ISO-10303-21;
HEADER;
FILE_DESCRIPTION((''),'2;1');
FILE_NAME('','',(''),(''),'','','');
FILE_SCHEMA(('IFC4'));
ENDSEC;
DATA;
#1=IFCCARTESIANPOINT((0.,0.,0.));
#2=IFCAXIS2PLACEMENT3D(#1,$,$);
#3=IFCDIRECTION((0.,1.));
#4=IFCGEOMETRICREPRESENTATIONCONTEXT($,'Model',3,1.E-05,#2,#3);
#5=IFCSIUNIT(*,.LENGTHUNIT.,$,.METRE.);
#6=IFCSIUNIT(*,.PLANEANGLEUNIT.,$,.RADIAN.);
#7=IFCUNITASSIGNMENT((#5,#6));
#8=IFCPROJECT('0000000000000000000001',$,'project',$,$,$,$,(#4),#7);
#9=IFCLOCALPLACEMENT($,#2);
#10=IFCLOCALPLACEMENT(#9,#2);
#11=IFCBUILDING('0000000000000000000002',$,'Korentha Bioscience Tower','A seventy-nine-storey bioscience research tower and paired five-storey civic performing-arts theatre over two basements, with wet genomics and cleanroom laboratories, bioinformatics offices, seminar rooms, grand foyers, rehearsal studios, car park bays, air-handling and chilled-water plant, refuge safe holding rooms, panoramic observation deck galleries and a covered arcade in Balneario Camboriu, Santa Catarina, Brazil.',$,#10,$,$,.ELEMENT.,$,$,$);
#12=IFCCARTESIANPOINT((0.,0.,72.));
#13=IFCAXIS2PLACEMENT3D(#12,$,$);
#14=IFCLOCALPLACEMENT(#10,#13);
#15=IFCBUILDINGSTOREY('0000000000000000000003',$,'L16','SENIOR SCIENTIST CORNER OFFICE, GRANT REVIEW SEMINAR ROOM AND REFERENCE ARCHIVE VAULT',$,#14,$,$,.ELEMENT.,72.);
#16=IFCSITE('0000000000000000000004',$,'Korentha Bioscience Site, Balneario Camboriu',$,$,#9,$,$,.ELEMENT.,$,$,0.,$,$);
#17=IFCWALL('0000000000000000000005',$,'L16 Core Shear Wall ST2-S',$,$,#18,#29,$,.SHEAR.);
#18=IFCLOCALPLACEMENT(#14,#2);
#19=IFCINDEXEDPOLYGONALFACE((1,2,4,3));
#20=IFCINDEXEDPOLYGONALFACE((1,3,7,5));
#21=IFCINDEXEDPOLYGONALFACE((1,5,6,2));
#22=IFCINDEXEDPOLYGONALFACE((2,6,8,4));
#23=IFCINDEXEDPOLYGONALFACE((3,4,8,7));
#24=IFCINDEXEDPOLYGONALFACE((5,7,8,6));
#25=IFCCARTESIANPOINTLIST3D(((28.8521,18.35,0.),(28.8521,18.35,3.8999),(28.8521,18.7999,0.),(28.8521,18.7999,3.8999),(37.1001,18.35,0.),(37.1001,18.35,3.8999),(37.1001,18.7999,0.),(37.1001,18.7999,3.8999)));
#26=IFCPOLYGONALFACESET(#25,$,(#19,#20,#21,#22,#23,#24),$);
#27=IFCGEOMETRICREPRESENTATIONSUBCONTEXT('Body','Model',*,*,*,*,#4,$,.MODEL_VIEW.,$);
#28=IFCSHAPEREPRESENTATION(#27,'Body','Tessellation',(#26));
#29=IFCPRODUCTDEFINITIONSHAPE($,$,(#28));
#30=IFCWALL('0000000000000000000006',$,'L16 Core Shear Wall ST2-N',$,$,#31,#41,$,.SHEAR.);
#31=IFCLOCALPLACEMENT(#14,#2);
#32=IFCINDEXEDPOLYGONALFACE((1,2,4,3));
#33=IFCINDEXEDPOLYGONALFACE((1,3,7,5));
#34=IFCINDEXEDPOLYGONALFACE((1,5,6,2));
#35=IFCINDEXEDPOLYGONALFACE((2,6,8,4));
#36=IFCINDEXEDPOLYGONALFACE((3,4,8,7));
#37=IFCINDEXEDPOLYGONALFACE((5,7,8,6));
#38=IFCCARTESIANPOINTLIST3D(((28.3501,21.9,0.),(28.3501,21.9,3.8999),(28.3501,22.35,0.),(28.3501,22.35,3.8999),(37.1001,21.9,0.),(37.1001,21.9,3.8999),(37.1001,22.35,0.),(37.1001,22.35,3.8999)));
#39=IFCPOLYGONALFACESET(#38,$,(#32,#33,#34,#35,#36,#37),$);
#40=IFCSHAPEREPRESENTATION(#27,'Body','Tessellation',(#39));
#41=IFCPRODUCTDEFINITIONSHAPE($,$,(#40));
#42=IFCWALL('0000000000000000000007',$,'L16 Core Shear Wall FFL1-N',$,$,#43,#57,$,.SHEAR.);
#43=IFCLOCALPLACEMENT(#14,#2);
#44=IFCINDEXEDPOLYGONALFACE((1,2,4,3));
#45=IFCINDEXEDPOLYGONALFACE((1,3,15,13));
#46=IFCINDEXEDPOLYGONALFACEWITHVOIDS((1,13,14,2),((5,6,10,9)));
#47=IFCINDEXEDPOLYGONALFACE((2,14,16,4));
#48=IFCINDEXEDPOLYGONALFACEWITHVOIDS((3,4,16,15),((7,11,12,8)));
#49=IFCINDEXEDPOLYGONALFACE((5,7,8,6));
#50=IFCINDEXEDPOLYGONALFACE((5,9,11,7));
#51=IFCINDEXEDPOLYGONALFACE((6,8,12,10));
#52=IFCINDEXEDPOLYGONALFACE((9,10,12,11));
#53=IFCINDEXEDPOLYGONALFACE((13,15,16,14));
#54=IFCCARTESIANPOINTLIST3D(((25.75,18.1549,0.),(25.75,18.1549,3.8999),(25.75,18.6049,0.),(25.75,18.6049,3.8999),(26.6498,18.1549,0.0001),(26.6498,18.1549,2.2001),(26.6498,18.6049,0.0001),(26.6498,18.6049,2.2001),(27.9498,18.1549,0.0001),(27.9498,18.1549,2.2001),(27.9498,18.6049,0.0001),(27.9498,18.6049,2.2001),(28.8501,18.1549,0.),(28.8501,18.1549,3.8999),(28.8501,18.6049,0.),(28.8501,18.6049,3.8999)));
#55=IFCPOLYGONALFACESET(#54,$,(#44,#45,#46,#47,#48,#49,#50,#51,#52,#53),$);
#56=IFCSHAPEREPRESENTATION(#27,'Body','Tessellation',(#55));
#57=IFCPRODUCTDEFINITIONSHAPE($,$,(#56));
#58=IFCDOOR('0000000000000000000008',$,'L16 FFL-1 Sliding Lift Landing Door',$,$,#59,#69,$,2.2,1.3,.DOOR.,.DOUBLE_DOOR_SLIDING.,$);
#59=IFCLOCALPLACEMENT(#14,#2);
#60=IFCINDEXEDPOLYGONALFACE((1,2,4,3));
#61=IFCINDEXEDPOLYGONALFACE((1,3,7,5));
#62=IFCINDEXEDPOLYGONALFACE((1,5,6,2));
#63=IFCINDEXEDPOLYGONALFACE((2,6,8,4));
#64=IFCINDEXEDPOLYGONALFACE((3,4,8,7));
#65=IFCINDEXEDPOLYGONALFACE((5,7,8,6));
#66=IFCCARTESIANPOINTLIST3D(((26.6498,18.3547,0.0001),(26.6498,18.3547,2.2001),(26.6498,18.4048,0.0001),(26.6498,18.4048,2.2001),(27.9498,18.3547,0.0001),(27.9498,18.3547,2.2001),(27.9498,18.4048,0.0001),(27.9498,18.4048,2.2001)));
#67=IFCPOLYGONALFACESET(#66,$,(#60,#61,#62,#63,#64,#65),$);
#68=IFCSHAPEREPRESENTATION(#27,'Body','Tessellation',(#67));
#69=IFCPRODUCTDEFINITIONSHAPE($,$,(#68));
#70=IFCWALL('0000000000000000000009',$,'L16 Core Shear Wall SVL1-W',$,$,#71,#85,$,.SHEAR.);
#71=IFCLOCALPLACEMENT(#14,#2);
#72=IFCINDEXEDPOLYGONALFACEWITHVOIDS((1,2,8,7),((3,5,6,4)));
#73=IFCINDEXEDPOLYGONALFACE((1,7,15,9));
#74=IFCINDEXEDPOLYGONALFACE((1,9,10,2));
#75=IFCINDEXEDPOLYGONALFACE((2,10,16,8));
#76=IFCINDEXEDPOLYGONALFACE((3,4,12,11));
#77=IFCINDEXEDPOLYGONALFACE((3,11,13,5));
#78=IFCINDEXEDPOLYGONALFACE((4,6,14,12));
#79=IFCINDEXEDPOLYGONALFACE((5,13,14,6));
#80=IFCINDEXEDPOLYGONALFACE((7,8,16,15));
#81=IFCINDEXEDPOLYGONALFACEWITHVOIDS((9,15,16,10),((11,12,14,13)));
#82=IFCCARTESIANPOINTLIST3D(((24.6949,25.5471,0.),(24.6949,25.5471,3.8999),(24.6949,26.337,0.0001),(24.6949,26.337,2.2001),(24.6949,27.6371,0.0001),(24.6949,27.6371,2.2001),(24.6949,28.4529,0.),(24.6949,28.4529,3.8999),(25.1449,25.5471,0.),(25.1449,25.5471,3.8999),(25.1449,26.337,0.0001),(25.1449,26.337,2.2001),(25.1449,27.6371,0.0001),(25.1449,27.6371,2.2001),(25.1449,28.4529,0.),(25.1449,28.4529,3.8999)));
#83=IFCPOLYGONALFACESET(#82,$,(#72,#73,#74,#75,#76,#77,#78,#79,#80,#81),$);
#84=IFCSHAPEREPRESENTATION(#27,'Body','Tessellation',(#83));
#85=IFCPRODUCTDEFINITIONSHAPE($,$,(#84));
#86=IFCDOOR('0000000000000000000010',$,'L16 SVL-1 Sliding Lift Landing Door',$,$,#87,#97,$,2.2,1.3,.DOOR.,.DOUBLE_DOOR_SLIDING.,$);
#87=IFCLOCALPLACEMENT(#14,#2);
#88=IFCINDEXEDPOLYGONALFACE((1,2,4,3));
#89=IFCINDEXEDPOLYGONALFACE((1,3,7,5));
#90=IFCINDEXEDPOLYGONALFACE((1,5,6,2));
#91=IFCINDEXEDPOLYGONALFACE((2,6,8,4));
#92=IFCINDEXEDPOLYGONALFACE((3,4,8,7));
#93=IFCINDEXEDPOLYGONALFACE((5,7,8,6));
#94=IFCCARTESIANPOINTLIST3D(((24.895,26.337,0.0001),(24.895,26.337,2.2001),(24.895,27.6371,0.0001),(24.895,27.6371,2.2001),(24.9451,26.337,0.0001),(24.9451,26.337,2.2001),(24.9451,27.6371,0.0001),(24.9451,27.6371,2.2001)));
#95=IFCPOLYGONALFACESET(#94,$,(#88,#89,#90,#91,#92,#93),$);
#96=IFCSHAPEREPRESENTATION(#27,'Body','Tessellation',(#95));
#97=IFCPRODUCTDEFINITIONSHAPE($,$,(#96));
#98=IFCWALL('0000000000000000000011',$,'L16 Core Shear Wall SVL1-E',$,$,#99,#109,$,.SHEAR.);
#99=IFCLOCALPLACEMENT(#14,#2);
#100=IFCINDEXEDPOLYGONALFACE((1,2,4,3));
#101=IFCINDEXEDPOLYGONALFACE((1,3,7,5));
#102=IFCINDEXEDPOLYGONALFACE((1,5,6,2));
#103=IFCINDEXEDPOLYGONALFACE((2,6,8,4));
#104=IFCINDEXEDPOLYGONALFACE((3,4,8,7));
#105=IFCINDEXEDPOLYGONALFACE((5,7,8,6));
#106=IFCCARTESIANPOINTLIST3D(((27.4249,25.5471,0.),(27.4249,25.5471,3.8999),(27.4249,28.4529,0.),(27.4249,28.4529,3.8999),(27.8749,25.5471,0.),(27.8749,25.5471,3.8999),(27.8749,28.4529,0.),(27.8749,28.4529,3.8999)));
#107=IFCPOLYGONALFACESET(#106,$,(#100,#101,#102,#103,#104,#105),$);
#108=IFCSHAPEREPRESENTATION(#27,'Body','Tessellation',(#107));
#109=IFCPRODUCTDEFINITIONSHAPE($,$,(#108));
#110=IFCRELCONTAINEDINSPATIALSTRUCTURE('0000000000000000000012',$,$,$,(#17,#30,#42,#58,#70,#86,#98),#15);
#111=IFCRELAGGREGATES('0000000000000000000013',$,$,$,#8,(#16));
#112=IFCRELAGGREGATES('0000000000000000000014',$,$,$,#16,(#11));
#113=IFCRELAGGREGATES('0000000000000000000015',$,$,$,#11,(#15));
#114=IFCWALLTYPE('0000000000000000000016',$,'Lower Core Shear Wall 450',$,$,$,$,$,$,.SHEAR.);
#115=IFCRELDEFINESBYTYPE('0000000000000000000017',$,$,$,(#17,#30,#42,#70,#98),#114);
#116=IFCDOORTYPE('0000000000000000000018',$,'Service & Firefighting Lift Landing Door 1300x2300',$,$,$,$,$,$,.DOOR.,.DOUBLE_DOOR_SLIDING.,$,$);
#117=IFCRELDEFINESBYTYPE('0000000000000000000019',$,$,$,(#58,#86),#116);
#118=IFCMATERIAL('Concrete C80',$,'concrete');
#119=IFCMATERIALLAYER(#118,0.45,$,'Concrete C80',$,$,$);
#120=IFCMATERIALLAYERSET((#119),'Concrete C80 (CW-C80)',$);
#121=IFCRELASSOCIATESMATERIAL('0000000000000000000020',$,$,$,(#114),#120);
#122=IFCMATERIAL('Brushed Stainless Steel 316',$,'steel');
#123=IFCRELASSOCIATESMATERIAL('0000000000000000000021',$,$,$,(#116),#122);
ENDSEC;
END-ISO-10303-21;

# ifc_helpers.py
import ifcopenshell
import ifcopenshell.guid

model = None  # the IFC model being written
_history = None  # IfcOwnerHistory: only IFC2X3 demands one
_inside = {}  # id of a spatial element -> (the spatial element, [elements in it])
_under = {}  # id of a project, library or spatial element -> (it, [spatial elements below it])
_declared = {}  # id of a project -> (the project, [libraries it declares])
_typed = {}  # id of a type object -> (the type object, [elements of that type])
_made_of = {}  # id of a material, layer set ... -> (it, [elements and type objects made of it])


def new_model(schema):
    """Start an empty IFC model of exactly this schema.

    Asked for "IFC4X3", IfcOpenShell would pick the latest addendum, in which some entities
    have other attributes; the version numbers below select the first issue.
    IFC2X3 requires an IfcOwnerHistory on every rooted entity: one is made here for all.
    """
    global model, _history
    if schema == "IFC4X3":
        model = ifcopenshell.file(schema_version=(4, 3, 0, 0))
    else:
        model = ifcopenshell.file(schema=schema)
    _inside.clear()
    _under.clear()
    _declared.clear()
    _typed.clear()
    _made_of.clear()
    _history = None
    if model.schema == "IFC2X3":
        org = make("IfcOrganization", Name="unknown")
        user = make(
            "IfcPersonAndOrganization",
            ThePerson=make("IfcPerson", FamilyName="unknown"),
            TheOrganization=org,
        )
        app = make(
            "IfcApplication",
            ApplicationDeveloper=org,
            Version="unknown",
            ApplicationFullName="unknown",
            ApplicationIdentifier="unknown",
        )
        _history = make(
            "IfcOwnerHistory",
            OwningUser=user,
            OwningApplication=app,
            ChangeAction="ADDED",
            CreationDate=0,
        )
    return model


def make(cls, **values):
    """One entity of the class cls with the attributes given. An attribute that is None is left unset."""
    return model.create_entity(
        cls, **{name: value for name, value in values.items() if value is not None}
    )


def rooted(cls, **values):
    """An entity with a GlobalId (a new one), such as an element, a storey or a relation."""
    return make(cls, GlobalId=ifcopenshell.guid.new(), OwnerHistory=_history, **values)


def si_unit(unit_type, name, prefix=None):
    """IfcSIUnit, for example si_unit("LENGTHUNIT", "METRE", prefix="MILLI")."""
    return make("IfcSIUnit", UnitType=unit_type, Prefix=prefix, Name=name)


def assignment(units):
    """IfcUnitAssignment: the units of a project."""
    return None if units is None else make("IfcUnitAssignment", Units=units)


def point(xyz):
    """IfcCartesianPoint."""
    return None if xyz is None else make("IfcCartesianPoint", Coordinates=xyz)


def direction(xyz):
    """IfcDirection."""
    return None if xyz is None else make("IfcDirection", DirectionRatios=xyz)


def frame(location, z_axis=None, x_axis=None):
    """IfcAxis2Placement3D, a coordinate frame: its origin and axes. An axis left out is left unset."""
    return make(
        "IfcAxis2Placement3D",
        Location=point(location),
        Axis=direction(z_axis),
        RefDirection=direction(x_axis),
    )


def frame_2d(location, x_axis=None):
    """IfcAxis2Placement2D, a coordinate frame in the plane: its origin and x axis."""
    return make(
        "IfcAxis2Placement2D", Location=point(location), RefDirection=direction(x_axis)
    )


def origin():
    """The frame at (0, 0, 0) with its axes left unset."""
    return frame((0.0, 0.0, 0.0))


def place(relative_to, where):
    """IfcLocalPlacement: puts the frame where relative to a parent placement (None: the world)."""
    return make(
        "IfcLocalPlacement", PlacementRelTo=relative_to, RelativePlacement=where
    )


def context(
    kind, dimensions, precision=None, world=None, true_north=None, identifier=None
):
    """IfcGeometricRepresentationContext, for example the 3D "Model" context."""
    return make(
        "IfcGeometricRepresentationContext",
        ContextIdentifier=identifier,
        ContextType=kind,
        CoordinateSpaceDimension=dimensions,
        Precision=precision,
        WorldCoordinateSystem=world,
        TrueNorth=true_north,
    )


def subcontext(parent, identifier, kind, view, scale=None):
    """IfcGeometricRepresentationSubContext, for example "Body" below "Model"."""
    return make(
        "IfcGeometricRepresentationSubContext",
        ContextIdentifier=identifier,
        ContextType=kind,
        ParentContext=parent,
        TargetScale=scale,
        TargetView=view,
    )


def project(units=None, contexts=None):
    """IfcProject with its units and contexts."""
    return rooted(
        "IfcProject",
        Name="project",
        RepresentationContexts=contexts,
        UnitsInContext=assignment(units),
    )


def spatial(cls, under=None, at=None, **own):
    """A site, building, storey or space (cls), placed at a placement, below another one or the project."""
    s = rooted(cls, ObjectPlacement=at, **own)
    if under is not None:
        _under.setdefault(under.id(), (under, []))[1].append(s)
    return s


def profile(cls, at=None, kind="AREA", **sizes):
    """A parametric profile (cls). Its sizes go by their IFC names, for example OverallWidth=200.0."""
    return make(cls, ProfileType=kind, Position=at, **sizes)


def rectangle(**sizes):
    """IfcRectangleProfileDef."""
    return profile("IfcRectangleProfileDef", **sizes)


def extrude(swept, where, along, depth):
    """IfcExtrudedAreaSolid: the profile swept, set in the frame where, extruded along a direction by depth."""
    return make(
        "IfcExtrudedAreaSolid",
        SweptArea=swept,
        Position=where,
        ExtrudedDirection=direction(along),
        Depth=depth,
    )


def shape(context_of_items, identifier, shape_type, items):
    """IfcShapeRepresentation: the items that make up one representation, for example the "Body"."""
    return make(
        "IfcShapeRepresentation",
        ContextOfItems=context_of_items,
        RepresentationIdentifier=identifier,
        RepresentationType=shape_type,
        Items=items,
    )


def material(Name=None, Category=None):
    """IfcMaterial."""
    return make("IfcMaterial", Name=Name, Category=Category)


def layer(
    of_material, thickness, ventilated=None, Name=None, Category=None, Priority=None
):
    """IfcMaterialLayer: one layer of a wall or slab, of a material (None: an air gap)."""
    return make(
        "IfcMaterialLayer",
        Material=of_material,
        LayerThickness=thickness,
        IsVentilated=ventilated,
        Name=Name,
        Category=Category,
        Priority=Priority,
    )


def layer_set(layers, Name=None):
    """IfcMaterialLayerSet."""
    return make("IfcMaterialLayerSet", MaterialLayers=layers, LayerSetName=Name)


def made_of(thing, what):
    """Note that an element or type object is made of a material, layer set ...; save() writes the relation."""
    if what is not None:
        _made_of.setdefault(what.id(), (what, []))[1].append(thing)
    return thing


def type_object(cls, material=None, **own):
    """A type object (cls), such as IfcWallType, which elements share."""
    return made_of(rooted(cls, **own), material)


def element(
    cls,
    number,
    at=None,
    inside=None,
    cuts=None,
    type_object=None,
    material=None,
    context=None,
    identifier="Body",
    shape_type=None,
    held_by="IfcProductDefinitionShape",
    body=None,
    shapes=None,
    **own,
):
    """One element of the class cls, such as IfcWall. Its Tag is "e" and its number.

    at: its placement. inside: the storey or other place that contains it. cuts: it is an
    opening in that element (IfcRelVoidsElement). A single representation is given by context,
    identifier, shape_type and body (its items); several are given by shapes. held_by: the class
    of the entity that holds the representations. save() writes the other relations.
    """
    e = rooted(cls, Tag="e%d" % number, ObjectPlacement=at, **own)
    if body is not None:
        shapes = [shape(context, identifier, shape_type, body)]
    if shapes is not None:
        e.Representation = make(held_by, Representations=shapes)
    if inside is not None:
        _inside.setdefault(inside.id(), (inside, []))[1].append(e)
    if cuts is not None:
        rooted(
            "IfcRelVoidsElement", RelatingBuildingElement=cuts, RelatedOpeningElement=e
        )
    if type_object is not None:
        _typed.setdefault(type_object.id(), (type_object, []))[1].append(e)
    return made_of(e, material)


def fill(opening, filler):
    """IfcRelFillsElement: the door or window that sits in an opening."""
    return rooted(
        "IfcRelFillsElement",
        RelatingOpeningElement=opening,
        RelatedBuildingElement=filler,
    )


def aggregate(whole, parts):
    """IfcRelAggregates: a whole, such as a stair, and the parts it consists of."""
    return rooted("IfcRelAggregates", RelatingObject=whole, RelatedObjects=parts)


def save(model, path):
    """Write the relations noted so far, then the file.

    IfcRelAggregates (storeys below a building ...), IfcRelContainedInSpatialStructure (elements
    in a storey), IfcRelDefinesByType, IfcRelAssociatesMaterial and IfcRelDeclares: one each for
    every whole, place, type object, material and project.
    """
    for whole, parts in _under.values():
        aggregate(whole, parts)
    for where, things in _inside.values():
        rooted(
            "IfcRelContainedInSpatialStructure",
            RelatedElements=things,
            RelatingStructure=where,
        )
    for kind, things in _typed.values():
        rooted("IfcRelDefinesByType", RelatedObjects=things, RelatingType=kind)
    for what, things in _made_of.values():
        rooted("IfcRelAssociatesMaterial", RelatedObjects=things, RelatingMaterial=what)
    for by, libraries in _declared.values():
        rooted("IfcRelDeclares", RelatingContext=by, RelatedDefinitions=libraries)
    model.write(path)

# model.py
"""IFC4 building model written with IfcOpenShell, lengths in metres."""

from ifc_helpers import new_model, si_unit, direction, frame, frame_2d, origin, place, context, subcontext, project, spatial, rectangle, extrude, material, layer, layer_set, type_object, element, fill, save


model = new_model("IFC4")

# Units and contexts
model_context = context("Model", 3, precision=1e-05, world=origin(), true_north=direction((0.0, 1.0)))
body_context = subcontext(model_context, "Body", "Model", "MODEL_VIEW")
ifc_project = project(units=[si_unit("LENGTHUNIT", "METRE"), si_unit("PLANEANGLEUNIT", "RADIAN")], contexts=[model_context])

# Site, building, storey
site_placement = place(None, origin())
site = spatial("IfcSite", under=ifc_project, at=site_placement, Name="Korentha Bioscience Site, Balneario Camboriu", CompositionType="ELEMENT", RefElevation=0.0)
building_placement = place(site_placement, origin())
building = spatial("IfcBuilding", under=site, at=building_placement, Name="Korentha Bioscience Tower", Description="A seventy-nine-storey bioscience research tower and paired five-storey civic performing-arts theatre over two basements, with wet genomics and cleanroom laboratories, bioinformatics offices, seminar rooms, grand foyers, rehearsal studios, car park bays, air-handling and chilled-water plant, refuge safe holding rooms, panoramic observation deck galleries and a covered arcade in Balneario Camboriu, Santa Catarina, Brazil.", CompositionType="ELEMENT")
storey_placement = place(building_placement, frame((0.0, 0.0, 72.0)))
storey = spatial("IfcBuildingStorey", under=building, at=storey_placement, Name="L16", Description="SENIOR SCIENTIST CORNER OFFICE, GRANT REVIEW SEMINAR ROOM AND REFERENCE ARCHIVE VAULT", CompositionType="ELEMENT", Elevation=72.0)

# Walls
ifc_material_1 = material(Name="Concrete C80", Category="concrete")
ifc_layer_1 = layer(ifc_material_1, 0.45, Name="Concrete C80")
ifc_layer_set_1 = layer_set([ifc_layer_1], Name="Concrete C80 (CW-C80)")
wall_type_1 = type_object("IfcWallType", Name="Lower Core Shear Wall 450", PredefinedType="SHEAR", material=ifc_layer_set_1)
wall_1_placement = place(storey_placement, frame((28.8521, 18.575, 0.0), z_axis=(0.0, 0.0, 1.0), x_axis=(1.0, 0.0, 0.0)))
element("IfcWall", 1, at=wall_1_placement, inside=storey, type_object=wall_type_1, Name="L16 Core Shear Wall ST2-S", PredefinedType="SHEAR", context=body_context, shape_type="SweptSolid", body=[
    extrude(rectangle(XDim=8.248, YDim=0.45, at=frame_2d((4.124, 0.0))), origin(), (0.0, 0.0, 1.0), 3.8999),
])
wall_2_placement = place(storey_placement, frame((28.3501, 22.125, 0.0), z_axis=(0.0, 0.0, 1.0), x_axis=(1.0, 0.0, 0.0)))
element("IfcWall", 2, at=wall_2_placement, inside=storey, type_object=wall_type_1, Name="L16 Core Shear Wall ST2-N", PredefinedType="SHEAR", context=body_context, shape_type="SweptSolid", body=[
    extrude(rectangle(XDim=8.75, YDim=0.45, at=frame_2d((4.375, 0.0))), origin(), (0.0, 0.0, 1.0), 3.8999),
])

# Walls, openings, doors
wall_3_placement = place(storey_placement, frame((25.75, 18.3799, 0.0), z_axis=(0.0, 0.0, 1.0), x_axis=(1.0, 0.0, 0.0)))
wall_3 = element("IfcWall", 3, at=wall_3_placement, inside=storey, type_object=wall_type_1, Name="L16 Core Shear Wall FFL1-N", PredefinedType="SHEAR", context=body_context, shape_type="SweptSolid", body=[
    extrude(rectangle(XDim=3.1001, YDim=0.45, at=frame_2d((1.55, 0.0))), origin(), (0.0, 0.0, 1.0), 3.8999),
])
opening_1_placement = place(wall_3_placement, frame((0.8999, 0.0, 0.0)))
opening_1 = element("IfcOpeningElement", 4, at=opening_1_placement, cuts=wall_3, PredefinedType="OPENING", context=body_context, shape_type="SweptSolid", body=[
    extrude(rectangle(XDim=1.3, YDim=2.2, at=frame_2d((0.6499, 1.1001))), frame((0.0, 0.2397, 0.0), z_axis=(0.0, -1.0, 0.0), x_axis=(1.0, 0.0, 0.0)), (0.0, 0.0, 1.0), 0.4797),
])
ifc_material_2 = material(Name="Brushed Stainless Steel 316", Category="steel")
door_type_1 = type_object("IfcDoorType", Name="Service & Firefighting Lift Landing Door 1300x2300", OperationType="DOUBLE_DOOR_SLIDING", PredefinedType="DOOR", material=ifc_material_2)
door_1_placement = place(opening_1_placement, origin())
door_1 = element("IfcDoor", 5, at=door_1_placement, inside=storey, type_object=door_type_1, Name="L16 FFL-1 Sliding Lift Landing Door", OperationType="DOUBLE_DOOR_SLIDING", OverallHeight=2.2, OverallWidth=1.3, PredefinedType="DOOR", context=body_context, shape_type="SweptSolid", body=[
    extrude(rectangle(XDim=1.3, YDim=2.2, at=frame_2d((0.6499, 1.1001))), frame((0.0, 0.0249, 0.0), z_axis=(0.0, -1.0, 0.0), x_axis=(1.0, 0.0, 0.0)), (0.0, 0.0, 1.0), 0.05),
])
fill(opening_1, door_1)
wall_4_placement = place(storey_placement, frame((24.9199, 25.5471, 0.0), z_axis=(0.0, 0.0, 1.0), x_axis=(0.0, 1.0, 0.0)))
wall_4 = element("IfcWall", 6, at=wall_4_placement, inside=storey, type_object=wall_type_1, Name="L16 Core Shear Wall SVL1-W", PredefinedType="SHEAR", context=body_context, shape_type="SweptSolid", body=[
    extrude(rectangle(XDim=2.9058, YDim=0.45, at=frame_2d((1.4529, 0.0))), origin(), (0.0, 0.0, 1.0), 3.8999),
])
opening_2_placement = place(wall_4_placement, frame((0.79, 0.0, 0.0)))
opening_2 = element("IfcOpeningElement", 7, at=opening_2_placement, cuts=wall_4, PredefinedType="OPENING", context=body_context, shape_type="SweptSolid", body=[
    extrude(rectangle(XDim=1.3, YDim=2.2, at=frame_2d((0.6499, 1.1001))), frame((0.0, 0.2397, 0.0), z_axis=(0.0, -1.0, 0.0), x_axis=(1.0, 0.0, 0.0)), (0.0, 0.0, 1.0), 0.4797),
])
door_2_placement = place(opening_2_placement, origin())
door_2 = element("IfcDoor", 8, at=door_2_placement, inside=storey, type_object=door_type_1, Name="L16 SVL-1 Sliding Lift Landing Door", OperationType="DOUBLE_DOOR_SLIDING", OverallHeight=2.2, OverallWidth=1.3, PredefinedType="DOOR", context=body_context, shape_type="SweptSolid", body=[
    extrude(rectangle(XDim=1.3, YDim=2.2, at=frame_2d((0.6499, 1.1001))), frame((0.0, 0.0249, 0.0), z_axis=(0.0, -1.0, 0.0), x_axis=(1.0, 0.0, 0.0)), (0.0, 0.0, 1.0), 0.05),
])
fill(opening_2, door_2)

# Wall
wall_5_placement = place(storey_placement, frame((27.6499, 25.5471, 0.0), z_axis=(0.0, 0.0, 1.0), x_axis=(0.0, 1.0, 0.0)))
element("IfcWall", 9, at=wall_5_placement, inside=storey, type_object=wall_type_1, Name="L16 Core Shear Wall SVL1-E", PredefinedType="SHEAR", context=body_context, shape_type="SweptSolid", body=[
    extrude(rectangle(XDim=2.9058, YDim=0.45, at=frame_2d((1.4529, 0.0))), origin(), (0.0, 0.0, 1.0), 3.8999),
])

save(model, "model.ifc")
